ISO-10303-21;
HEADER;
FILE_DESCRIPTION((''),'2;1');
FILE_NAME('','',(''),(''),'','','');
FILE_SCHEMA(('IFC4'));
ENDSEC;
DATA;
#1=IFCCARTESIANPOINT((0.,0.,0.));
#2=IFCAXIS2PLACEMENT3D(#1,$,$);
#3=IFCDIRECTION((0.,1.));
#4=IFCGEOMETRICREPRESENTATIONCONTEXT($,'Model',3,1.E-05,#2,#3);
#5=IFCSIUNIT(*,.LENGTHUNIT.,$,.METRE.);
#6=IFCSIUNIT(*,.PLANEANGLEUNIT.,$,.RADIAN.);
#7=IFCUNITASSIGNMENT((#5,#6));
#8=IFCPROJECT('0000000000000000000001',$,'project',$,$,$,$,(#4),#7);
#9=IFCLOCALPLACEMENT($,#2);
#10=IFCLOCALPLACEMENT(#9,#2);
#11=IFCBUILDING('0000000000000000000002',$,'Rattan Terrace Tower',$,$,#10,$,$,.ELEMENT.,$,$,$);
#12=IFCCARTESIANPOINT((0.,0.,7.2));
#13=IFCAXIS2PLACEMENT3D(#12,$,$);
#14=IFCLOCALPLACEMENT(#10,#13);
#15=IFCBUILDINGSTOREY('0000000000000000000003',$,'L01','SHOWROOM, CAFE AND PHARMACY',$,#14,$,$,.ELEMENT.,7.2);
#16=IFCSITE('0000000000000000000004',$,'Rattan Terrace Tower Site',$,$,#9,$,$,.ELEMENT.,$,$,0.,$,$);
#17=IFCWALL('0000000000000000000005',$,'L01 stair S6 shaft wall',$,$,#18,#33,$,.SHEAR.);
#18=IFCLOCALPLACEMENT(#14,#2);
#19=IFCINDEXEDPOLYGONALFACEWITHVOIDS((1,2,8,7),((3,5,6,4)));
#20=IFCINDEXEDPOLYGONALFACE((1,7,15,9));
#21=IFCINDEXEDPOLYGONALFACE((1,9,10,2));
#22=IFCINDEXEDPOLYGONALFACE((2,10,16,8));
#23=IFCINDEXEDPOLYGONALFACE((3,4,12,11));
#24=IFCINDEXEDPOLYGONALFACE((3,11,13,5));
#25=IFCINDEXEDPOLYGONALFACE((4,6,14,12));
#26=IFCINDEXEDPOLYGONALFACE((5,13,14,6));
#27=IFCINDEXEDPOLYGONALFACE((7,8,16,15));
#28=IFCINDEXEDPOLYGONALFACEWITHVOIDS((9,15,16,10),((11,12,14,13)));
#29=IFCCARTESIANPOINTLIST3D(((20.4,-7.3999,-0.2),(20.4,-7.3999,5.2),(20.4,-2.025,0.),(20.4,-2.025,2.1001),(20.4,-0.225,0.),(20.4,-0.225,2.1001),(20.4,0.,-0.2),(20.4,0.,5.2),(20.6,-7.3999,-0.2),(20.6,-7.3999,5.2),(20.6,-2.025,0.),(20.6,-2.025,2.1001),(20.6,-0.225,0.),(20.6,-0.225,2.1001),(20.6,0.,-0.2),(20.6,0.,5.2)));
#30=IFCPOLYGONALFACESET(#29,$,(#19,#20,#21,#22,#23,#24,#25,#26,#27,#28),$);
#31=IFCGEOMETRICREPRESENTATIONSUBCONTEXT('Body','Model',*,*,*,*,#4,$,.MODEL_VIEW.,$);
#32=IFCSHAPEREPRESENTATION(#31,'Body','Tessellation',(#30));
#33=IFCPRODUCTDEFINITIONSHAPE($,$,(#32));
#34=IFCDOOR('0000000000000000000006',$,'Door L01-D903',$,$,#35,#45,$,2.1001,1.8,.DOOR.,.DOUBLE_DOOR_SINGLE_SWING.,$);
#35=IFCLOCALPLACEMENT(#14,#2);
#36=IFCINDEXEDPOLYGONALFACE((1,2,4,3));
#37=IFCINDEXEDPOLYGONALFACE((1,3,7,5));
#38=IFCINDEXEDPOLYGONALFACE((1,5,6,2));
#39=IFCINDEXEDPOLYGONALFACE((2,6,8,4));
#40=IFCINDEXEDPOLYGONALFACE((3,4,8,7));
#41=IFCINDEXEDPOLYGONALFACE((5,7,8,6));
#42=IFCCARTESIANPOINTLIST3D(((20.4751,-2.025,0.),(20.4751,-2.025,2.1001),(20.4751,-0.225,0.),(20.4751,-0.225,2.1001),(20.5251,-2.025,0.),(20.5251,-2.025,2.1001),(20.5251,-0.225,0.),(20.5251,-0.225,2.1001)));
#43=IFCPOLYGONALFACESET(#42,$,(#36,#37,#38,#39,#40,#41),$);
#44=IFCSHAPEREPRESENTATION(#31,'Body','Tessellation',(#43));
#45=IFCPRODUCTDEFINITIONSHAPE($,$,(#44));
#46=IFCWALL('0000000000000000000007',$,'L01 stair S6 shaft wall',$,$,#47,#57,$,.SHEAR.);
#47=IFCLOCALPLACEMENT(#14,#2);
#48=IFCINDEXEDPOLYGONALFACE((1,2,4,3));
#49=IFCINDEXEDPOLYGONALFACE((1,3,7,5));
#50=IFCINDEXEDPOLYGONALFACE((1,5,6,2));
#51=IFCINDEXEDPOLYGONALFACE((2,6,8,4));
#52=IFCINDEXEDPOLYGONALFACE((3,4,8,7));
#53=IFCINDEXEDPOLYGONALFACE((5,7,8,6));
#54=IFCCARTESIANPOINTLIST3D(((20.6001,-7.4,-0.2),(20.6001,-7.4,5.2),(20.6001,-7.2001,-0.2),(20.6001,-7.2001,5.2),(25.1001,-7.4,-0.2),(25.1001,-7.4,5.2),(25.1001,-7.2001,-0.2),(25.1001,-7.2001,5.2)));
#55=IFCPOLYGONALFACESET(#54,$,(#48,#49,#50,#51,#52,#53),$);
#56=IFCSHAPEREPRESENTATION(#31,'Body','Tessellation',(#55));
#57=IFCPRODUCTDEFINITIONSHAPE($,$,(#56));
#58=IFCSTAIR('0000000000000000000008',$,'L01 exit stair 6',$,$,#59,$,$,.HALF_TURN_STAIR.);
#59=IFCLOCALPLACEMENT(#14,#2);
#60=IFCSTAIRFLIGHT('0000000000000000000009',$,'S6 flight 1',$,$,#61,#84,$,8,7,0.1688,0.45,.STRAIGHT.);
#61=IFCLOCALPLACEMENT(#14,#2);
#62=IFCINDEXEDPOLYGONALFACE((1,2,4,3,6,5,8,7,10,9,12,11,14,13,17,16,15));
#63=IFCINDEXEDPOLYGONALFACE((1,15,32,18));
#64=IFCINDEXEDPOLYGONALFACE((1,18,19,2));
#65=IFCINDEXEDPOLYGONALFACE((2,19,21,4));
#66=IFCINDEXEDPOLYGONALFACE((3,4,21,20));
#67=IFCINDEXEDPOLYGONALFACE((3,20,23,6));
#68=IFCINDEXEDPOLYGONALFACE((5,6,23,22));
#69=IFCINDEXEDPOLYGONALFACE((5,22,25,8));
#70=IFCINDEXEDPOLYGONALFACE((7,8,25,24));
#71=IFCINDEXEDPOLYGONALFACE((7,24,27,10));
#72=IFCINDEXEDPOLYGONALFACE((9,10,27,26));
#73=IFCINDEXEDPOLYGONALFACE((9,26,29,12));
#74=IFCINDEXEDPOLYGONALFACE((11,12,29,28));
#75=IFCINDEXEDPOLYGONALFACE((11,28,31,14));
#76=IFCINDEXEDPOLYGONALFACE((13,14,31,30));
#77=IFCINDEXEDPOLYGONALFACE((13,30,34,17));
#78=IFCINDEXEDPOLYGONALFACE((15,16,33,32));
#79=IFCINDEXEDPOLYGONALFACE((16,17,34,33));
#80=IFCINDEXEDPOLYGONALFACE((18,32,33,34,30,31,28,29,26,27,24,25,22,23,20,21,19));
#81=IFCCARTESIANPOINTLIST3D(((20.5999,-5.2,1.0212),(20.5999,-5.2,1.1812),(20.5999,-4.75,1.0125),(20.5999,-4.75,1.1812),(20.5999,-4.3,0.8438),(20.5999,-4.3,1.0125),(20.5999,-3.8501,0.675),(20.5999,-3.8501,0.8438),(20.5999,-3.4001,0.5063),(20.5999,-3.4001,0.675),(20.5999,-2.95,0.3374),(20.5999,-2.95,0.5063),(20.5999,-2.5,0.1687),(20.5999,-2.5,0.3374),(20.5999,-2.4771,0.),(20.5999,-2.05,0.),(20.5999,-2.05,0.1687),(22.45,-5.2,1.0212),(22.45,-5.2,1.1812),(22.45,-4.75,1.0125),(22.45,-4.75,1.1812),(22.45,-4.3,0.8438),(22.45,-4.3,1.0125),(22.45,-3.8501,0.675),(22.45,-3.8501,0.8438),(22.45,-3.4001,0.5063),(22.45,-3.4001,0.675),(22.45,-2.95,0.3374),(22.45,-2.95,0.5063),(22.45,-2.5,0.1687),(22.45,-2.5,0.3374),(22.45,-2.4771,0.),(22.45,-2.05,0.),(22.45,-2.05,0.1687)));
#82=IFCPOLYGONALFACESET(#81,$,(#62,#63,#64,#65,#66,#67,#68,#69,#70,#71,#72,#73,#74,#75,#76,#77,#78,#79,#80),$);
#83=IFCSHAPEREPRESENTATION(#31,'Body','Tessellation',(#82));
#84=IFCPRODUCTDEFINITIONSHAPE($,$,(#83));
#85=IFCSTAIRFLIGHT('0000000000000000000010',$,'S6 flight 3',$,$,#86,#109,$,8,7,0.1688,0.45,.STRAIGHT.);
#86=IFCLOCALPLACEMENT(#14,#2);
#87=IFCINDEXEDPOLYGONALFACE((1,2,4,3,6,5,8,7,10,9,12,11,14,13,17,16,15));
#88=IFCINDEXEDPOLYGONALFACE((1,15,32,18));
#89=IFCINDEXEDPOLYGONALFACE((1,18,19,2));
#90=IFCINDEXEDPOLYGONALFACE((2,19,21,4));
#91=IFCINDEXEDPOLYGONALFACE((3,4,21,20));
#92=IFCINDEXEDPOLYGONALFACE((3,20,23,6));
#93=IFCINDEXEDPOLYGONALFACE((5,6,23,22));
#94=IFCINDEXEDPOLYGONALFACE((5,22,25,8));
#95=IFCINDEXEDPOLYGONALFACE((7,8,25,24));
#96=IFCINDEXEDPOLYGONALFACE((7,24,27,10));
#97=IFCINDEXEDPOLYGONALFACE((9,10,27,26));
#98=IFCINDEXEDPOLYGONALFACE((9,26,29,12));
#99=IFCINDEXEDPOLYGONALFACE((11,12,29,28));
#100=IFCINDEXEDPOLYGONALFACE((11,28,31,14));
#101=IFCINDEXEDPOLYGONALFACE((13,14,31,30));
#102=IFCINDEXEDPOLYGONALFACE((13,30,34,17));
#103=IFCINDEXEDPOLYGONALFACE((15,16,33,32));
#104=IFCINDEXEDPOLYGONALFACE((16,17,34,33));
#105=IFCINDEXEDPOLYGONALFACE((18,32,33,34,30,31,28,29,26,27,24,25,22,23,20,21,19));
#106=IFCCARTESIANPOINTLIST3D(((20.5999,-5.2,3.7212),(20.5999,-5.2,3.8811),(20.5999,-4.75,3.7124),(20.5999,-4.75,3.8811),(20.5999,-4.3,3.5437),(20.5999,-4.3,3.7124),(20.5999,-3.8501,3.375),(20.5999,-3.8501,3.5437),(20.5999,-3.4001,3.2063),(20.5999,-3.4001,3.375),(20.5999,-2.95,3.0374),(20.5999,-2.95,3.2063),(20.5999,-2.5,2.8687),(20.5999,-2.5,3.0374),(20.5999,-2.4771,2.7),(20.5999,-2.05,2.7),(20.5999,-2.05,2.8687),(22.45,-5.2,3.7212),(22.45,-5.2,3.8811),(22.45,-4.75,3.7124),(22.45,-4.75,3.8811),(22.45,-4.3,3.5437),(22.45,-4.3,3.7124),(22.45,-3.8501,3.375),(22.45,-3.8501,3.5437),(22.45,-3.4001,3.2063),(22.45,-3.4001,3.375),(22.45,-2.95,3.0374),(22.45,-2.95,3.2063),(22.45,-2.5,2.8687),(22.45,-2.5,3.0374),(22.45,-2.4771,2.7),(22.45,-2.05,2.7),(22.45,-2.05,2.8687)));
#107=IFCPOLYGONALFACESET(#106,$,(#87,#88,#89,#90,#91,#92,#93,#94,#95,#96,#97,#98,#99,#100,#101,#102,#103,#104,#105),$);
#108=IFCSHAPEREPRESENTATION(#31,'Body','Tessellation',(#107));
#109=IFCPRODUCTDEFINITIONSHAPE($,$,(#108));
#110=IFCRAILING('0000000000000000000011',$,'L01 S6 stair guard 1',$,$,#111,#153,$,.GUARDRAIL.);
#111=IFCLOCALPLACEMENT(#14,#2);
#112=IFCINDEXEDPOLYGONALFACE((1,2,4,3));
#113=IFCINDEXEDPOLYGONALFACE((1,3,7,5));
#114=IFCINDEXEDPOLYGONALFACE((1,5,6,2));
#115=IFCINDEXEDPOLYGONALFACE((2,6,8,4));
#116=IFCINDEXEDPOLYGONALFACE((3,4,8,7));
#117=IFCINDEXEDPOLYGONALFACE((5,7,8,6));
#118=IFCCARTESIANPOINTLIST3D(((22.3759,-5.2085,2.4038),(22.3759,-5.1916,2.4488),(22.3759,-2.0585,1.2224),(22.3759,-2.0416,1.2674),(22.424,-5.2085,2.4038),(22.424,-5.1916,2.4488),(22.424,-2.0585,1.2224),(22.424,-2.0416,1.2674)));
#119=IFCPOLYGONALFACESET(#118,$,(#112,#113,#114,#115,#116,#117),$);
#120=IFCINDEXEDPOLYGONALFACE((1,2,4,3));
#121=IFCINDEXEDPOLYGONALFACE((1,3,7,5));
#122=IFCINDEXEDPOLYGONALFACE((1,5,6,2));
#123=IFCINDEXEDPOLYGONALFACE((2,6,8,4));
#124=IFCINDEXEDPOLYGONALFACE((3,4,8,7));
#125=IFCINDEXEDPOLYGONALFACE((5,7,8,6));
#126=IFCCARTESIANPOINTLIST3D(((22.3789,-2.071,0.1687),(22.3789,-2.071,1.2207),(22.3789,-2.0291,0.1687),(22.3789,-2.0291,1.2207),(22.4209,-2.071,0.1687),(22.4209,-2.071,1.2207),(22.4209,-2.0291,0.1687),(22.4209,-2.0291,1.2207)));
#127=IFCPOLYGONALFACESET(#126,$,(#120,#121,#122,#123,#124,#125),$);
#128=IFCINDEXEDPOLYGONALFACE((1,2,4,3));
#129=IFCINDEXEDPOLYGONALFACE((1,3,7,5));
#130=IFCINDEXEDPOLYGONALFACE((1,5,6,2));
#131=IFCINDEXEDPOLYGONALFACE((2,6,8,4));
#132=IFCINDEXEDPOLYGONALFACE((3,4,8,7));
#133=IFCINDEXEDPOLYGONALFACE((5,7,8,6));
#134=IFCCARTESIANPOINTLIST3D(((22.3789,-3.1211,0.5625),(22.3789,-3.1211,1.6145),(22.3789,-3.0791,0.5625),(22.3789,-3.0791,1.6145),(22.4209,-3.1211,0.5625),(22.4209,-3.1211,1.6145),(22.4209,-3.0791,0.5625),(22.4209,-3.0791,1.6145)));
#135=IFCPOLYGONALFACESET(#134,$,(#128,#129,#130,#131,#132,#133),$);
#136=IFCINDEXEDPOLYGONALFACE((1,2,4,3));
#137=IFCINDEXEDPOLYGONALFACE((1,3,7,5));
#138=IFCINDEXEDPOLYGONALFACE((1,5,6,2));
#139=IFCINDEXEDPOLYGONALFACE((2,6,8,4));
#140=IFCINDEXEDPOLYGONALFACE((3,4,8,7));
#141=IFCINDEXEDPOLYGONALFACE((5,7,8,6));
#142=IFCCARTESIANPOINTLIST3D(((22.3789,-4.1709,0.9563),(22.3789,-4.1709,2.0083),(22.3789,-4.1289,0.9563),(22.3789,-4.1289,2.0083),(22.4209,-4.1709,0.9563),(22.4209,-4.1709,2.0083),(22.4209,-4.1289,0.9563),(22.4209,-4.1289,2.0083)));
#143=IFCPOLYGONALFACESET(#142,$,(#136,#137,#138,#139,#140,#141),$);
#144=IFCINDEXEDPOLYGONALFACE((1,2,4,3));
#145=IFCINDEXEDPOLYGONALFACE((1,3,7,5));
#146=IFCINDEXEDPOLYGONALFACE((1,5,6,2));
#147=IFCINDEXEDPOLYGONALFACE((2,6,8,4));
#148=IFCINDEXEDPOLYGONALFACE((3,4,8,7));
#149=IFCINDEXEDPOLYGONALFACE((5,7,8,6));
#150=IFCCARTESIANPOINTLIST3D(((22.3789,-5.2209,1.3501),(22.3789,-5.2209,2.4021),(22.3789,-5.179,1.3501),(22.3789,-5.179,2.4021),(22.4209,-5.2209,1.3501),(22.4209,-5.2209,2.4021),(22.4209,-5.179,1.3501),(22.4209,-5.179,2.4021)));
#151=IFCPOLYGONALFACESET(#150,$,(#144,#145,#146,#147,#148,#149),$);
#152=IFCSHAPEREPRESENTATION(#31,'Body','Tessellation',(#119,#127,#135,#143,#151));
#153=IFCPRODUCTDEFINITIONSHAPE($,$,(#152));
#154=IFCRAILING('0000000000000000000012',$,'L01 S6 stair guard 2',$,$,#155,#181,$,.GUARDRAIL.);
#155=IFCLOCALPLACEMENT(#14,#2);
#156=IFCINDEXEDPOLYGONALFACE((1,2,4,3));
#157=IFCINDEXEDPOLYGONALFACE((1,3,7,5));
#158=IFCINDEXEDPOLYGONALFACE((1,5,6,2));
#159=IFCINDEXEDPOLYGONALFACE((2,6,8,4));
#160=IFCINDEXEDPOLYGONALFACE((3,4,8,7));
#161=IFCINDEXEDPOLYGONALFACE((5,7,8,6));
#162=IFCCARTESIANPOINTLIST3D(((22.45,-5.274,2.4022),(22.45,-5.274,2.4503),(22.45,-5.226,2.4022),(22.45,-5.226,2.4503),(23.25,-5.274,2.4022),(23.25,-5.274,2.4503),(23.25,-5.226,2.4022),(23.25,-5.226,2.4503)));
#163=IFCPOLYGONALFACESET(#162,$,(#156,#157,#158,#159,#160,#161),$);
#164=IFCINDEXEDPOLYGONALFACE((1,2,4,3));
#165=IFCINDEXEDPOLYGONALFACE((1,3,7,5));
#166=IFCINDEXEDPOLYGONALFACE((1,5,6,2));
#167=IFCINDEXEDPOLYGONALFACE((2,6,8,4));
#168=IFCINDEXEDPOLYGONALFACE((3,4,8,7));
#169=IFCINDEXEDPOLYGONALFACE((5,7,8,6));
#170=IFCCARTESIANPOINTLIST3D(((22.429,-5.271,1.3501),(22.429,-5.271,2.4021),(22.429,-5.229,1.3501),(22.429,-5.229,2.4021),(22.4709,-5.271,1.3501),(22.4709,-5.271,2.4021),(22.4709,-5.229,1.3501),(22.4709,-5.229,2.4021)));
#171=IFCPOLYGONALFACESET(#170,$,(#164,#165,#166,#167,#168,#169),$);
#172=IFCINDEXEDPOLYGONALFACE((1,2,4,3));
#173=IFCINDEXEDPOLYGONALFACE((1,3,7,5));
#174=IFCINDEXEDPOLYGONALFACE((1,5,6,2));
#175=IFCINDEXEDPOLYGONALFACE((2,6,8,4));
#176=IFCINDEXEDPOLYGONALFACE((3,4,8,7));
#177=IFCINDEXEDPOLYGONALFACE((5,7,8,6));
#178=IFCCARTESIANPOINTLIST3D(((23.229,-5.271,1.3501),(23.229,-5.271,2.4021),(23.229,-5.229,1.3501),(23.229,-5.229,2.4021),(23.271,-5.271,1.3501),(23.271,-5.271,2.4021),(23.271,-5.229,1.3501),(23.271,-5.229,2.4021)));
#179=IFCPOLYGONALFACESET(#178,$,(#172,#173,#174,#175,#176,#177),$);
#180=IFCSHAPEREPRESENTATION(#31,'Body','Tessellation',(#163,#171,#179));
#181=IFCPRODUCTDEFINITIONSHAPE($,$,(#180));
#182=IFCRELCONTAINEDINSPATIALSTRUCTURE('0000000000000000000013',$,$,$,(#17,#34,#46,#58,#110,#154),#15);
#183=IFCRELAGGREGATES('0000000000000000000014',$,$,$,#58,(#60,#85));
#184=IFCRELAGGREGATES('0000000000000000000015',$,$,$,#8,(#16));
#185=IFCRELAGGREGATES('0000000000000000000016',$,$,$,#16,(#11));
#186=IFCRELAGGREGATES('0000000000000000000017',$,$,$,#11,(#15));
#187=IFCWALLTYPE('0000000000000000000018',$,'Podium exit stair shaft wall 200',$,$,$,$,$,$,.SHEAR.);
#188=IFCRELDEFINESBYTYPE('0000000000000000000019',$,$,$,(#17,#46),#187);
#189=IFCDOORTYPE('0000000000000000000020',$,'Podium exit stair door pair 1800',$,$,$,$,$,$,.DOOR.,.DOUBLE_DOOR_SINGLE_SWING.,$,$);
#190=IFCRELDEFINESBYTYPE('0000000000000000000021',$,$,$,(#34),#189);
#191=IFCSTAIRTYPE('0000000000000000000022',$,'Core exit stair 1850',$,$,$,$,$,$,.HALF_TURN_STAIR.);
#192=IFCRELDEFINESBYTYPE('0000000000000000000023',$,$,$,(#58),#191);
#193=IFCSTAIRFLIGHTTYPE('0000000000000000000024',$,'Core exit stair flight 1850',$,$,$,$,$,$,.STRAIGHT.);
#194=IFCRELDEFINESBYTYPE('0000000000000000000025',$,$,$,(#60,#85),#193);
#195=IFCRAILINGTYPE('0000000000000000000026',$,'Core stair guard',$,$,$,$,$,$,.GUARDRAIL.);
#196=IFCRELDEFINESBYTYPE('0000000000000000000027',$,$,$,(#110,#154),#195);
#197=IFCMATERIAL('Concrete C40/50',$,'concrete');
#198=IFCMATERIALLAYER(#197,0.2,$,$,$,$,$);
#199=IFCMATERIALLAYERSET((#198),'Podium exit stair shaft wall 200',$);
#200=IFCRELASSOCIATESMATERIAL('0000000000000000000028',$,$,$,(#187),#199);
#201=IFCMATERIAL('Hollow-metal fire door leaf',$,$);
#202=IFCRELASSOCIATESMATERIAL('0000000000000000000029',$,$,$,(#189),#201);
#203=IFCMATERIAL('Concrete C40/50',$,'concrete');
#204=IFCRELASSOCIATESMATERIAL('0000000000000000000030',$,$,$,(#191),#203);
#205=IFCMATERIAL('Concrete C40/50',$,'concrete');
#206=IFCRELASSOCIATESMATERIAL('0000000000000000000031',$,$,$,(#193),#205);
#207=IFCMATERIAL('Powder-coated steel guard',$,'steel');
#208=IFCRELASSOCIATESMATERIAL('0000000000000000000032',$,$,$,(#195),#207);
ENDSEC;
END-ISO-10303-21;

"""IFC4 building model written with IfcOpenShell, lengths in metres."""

from ifc_helpers import new_model, si_unit, direction, frame, frame_2d, origin, origin_2d, place, context, subcontext, project, spatial, polyline, rectangle, outline, extrude, material, layer, layer_set, type_object, element, fill, aggregate, save


model = new_model("IFC4")

# Units and contexts
model_context = context("Model", 3, precision=1e-05, world=origin(), true_north=direction((0.0, 1.0)))
body_context = subcontext(model_context, "Body", "Model", "MODEL_VIEW")
ifc_project = project(units=[si_unit("LENGTHUNIT", "METRE"), si_unit("PLANEANGLEUNIT", "RADIAN")], contexts=[model_context])

# Site, building, storey
site_placement = place(None, origin())
site = spatial("IfcSite", under=ifc_project, at=site_placement, Name="Rattan Terrace Tower Site", CompositionType="ELEMENT", RefElevation=0.0)
building_placement = place(site_placement, origin())
building = spatial("IfcBuilding", under=site, at=building_placement, Name="Rattan Terrace Tower", CompositionType="ELEMENT")
storey_placement = place(building_placement, frame((0.0, 0.0, 7.2)))
storey = spatial("IfcBuildingStorey", under=building, at=storey_placement, Name="L01", Description="SHOWROOM, CAFE AND PHARMACY", CompositionType="ELEMENT", Elevation=7.2)

# Wall, opening, door
ifc_material_1 = material(Name="Concrete C40/50", Category="concrete")
ifc_layer_1 = layer(ifc_material_1, 0.2)
ifc_layer_set_1 = layer_set([ifc_layer_1], Name="Podium exit stair shaft wall 200")
wall_type_1 = type_object("IfcWallType", Name="Podium exit stair shaft wall 200", PredefinedType="SHEAR", material=ifc_layer_set_1)
wall_1_placement = place(storey_placement, frame((20.5, -7.3999, -0.2), z_axis=(0.0, 0.0, 1.0), x_axis=(0.0, 1.0, 0.0)))
wall_1 = element("IfcWall", 1, at=wall_1_placement, inside=storey, type_object=wall_type_1, Name="L01 stair S6 shaft wall", PredefinedType="SHEAR", context=body_context, shape_type="SweptSolid", body=[
    extrude(rectangle(XDim=7.3999, YDim=0.2, at=frame_2d((3.7, 0.0))), origin(), (0.0, 0.0, 1.0), 5.3999),
])
opening_1_placement = place(wall_1_placement, frame((5.375, 0.0, 0.2)))
opening_1 = element("IfcOpeningElement", 2, at=opening_1_placement, cuts=wall_1, PredefinedType="OPENING", context=body_context, shape_type="SweptSolid", body=[
    extrude(rectangle(XDim=1.8, YDim=2.1001, at=frame_2d((0.8999, 1.05))), frame((0.0, 0.1106, 0.0), z_axis=(0.0, -1.0, 0.0), x_axis=(1.0, 0.0, 0.0)), (0.0, 0.0, 1.0), 0.2209),
])
ifc_material_2 = material(Name="Hollow-metal fire door leaf")
door_type_1 = type_object("IfcDoorType", Name="Podium exit stair door pair 1800", OperationType="DOUBLE_DOOR_SINGLE_SWING", PredefinedType="DOOR", material=ifc_material_2)
door_1_placement = place(opening_1_placement, origin())
door_1 = element("IfcDoor", 3, at=door_1_placement, inside=storey, type_object=door_type_1, Name="Door L01-D903", OperationType="DOUBLE_DOOR_SINGLE_SWING", OverallHeight=2.1001, OverallWidth=1.8, PredefinedType="DOOR", context=body_context, shape_type="SweptSolid", body=[
    extrude(rectangle(XDim=1.8, YDim=2.1001, at=frame_2d((0.8999, 1.05))), frame((0.0, 0.0249, 0.0), z_axis=(0.0, -1.0, 0.0), x_axis=(1.0, 0.0, 0.0)), (0.0, 0.0, 1.0), 0.05),
])
fill(opening_1, door_1)

# Wall
wall_2_placement = place(storey_placement, frame((20.6001, -7.3, -0.2), z_axis=(0.0, 0.0, 1.0), x_axis=(1.0, 0.0, 0.0)))
element("IfcWall", 4, at=wall_2_placement, inside=storey, type_object=wall_type_1, Name="L01 stair S6 shaft wall", PredefinedType="SHEAR", context=body_context, shape_type="SweptSolid", body=[
    extrude(rectangle(XDim=4.5, YDim=0.2, at=frame_2d((2.25, 0.0))), origin(), (0.0, 0.0, 1.0), 5.3999),
])

# Stair, stair flights
ifc_material_3 = material(Name="Concrete C40/50", Category="concrete")
stair_type = type_object("IfcStairType", Name="Core exit stair 1850", PredefinedType="HALF_TURN_STAIR", material=ifc_material_3)
stair_placement = place(storey_placement, origin())
stair = element("IfcStair", 5, at=stair_placement, inside=storey, type_object=stair_type, Name="L01 exit stair 6", PredefinedType="HALF_TURN_STAIR")
ifc_material_4 = material(Name="Concrete C40/50", Category="concrete")
stair_flight_type = type_object("IfcStairFlightType", Name="Core exit stair flight 1850", PredefinedType="STRAIGHT", material=ifc_material_4)
stair_flight_1_placement = place(storey_placement, frame((21.5249, -2.05, 0.0), z_axis=(0.0, 0.0, 1.0), x_axis=(0.0, -1.0, 0.0)))
stair_flight_1 = element("IfcStairFlight", 6, at=stair_flight_1_placement, type_object=stair_flight_type, Name="S6 flight 1", NumberOfRisers=8, NumberOfTreads=7, PredefinedType="STRAIGHT", RiserHeight=0.1688, TreadLength=0.45, context=body_context, shape_type="SweptSolid", body=[
    extrude(outline(polyline([(0.0, 0.0), (0.0, 0.1687), (0.45, 0.1687), (0.45, 0.3374), (0.8999, 0.3374), (0.8999, 0.5063), (1.3501, 0.5063), (1.3501, 0.675), (1.8, 0.675), (1.8, 0.8438), (2.25, 0.8438), (2.25, 1.0125), (2.7, 1.0125), (2.7, 1.1812), (3.1499, 1.1812), (3.1499, 1.3501), (3.1499, 1.0212), (0.427, 0.0), (0.0, 0.0)])), frame((0.0, 0.925, 0.0), z_axis=(0.0, -1.0, 0.0), x_axis=(1.0, 0.0, 0.0)), (0.0, 0.0, 1.0), 1.8501),
])
stair_flight_2_placement = place(storey_placement, frame((21.5249, -2.05, 2.7), z_axis=(0.0, 0.0, 1.0), x_axis=(0.0, -1.0, 0.0)))
stair_flight_2 = element("IfcStairFlight", 7, at=stair_flight_2_placement, type_object=stair_flight_type, Name="S6 flight 3", NumberOfRisers=8, NumberOfTreads=7, PredefinedType="STRAIGHT", RiserHeight=0.1688, TreadLength=0.45, context=body_context, shape_type="SweptSolid", body=[
    extrude(outline(polyline([(0.0, 0.0), (0.0, 0.1687), (0.45, 0.1687), (0.45, 0.3374), (0.8999, 0.3374), (0.8999, 0.5063), (1.3501, 0.5063), (1.3501, 0.675), (1.8, 0.675), (1.8, 0.8438), (2.25, 0.8438), (2.25, 1.0125), (2.7, 1.0125), (2.7, 1.1812), (3.1499, 1.1812), (3.1499, 1.3501), (3.1499, 1.0212), (0.427, 0.0), (0.0, 0.0)])), frame((0.0, 0.925, 0.0), z_axis=(0.0, -1.0, 0.0), x_axis=(1.0, 0.0, 0.0)), (0.0, 0.0, 1.0), 1.8501),
])
aggregate(stair, [stair_flight_1, stair_flight_2])

# Railings
ifc_material_5 = material(Name="Powder-coated steel guard", Category="steel")
railing_type_1 = type_object("IfcRailingType", Name="Core stair guard", PredefinedType="GUARDRAIL", material=ifc_material_5)
railing_1_placement = place(storey_placement, frame((22.3999, -2.05, 0.1687)))
element("IfcRailing", 8, at=railing_1_placement, inside=storey, type_object=railing_type_1, Name="L01 S6 stair guard 1", PredefinedType="GUARDRAIL", context=body_context, shape_type="SweptSolid", body=[
    extrude(rectangle(XDim=0.0481, YDim=0.0481, at=origin_2d()), frame((0.0, 0.0, 1.0762), z_axis=(0.0, -0.936311, 0.351171), x_axis=(1.0, 0.0, 0.0)), (0.0, 0.0, 1.0), 3.3643),
    extrude(rectangle(XDim=0.042, YDim=0.042, at=origin_2d()), origin(), (0.0, 0.0, 1.0), 1.052),
    extrude(rectangle(XDim=0.042, YDim=0.042, at=origin_2d()), frame((0.0, -1.05, 0.3938)), (0.0, 0.0, 1.0), 1.052),
    extrude(rectangle(XDim=0.042, YDim=0.042, at=origin_2d()), frame((0.0, -2.0999, 0.7876)), (0.0, 0.0, 1.0), 1.052),
    extrude(rectangle(XDim=0.042, YDim=0.042, at=origin_2d()), frame((0.0, -3.1499, 1.1814)), (0.0, 0.0, 1.0), 1.052),
])
for number, where, name in (
    (9, (22.45, -5.25, 1.3501), "L01 S6 stair guard 2"),
):
    element("IfcRailing", number, at=place(storey_placement, frame(where)), inside=storey, type_object=railing_type_1, Name=name, PredefinedType="GUARDRAIL", context=body_context, shape_type="SweptSolid", body=[
        extrude(rectangle(XDim=0.0481, YDim=0.0481, at=origin_2d()), frame((0.0, 0.0, 1.0762), z_axis=(1.0, 0.0, 0.0), x_axis=(0.0, 1.0, 0.0)), (0.0, 0.0, 1.0), 0.8),
        extrude(rectangle(XDim=0.042, YDim=0.042, at=origin_2d()), origin(), (0.0, 0.0, 1.0), 1.052),
        extrude(rectangle(XDim=0.042, YDim=0.042, at=origin_2d()), frame((0.8, 0.0, 0.0)), (0.0, 0.0, 1.0), 1.052),
    ])

save(model, "model.ifc")
